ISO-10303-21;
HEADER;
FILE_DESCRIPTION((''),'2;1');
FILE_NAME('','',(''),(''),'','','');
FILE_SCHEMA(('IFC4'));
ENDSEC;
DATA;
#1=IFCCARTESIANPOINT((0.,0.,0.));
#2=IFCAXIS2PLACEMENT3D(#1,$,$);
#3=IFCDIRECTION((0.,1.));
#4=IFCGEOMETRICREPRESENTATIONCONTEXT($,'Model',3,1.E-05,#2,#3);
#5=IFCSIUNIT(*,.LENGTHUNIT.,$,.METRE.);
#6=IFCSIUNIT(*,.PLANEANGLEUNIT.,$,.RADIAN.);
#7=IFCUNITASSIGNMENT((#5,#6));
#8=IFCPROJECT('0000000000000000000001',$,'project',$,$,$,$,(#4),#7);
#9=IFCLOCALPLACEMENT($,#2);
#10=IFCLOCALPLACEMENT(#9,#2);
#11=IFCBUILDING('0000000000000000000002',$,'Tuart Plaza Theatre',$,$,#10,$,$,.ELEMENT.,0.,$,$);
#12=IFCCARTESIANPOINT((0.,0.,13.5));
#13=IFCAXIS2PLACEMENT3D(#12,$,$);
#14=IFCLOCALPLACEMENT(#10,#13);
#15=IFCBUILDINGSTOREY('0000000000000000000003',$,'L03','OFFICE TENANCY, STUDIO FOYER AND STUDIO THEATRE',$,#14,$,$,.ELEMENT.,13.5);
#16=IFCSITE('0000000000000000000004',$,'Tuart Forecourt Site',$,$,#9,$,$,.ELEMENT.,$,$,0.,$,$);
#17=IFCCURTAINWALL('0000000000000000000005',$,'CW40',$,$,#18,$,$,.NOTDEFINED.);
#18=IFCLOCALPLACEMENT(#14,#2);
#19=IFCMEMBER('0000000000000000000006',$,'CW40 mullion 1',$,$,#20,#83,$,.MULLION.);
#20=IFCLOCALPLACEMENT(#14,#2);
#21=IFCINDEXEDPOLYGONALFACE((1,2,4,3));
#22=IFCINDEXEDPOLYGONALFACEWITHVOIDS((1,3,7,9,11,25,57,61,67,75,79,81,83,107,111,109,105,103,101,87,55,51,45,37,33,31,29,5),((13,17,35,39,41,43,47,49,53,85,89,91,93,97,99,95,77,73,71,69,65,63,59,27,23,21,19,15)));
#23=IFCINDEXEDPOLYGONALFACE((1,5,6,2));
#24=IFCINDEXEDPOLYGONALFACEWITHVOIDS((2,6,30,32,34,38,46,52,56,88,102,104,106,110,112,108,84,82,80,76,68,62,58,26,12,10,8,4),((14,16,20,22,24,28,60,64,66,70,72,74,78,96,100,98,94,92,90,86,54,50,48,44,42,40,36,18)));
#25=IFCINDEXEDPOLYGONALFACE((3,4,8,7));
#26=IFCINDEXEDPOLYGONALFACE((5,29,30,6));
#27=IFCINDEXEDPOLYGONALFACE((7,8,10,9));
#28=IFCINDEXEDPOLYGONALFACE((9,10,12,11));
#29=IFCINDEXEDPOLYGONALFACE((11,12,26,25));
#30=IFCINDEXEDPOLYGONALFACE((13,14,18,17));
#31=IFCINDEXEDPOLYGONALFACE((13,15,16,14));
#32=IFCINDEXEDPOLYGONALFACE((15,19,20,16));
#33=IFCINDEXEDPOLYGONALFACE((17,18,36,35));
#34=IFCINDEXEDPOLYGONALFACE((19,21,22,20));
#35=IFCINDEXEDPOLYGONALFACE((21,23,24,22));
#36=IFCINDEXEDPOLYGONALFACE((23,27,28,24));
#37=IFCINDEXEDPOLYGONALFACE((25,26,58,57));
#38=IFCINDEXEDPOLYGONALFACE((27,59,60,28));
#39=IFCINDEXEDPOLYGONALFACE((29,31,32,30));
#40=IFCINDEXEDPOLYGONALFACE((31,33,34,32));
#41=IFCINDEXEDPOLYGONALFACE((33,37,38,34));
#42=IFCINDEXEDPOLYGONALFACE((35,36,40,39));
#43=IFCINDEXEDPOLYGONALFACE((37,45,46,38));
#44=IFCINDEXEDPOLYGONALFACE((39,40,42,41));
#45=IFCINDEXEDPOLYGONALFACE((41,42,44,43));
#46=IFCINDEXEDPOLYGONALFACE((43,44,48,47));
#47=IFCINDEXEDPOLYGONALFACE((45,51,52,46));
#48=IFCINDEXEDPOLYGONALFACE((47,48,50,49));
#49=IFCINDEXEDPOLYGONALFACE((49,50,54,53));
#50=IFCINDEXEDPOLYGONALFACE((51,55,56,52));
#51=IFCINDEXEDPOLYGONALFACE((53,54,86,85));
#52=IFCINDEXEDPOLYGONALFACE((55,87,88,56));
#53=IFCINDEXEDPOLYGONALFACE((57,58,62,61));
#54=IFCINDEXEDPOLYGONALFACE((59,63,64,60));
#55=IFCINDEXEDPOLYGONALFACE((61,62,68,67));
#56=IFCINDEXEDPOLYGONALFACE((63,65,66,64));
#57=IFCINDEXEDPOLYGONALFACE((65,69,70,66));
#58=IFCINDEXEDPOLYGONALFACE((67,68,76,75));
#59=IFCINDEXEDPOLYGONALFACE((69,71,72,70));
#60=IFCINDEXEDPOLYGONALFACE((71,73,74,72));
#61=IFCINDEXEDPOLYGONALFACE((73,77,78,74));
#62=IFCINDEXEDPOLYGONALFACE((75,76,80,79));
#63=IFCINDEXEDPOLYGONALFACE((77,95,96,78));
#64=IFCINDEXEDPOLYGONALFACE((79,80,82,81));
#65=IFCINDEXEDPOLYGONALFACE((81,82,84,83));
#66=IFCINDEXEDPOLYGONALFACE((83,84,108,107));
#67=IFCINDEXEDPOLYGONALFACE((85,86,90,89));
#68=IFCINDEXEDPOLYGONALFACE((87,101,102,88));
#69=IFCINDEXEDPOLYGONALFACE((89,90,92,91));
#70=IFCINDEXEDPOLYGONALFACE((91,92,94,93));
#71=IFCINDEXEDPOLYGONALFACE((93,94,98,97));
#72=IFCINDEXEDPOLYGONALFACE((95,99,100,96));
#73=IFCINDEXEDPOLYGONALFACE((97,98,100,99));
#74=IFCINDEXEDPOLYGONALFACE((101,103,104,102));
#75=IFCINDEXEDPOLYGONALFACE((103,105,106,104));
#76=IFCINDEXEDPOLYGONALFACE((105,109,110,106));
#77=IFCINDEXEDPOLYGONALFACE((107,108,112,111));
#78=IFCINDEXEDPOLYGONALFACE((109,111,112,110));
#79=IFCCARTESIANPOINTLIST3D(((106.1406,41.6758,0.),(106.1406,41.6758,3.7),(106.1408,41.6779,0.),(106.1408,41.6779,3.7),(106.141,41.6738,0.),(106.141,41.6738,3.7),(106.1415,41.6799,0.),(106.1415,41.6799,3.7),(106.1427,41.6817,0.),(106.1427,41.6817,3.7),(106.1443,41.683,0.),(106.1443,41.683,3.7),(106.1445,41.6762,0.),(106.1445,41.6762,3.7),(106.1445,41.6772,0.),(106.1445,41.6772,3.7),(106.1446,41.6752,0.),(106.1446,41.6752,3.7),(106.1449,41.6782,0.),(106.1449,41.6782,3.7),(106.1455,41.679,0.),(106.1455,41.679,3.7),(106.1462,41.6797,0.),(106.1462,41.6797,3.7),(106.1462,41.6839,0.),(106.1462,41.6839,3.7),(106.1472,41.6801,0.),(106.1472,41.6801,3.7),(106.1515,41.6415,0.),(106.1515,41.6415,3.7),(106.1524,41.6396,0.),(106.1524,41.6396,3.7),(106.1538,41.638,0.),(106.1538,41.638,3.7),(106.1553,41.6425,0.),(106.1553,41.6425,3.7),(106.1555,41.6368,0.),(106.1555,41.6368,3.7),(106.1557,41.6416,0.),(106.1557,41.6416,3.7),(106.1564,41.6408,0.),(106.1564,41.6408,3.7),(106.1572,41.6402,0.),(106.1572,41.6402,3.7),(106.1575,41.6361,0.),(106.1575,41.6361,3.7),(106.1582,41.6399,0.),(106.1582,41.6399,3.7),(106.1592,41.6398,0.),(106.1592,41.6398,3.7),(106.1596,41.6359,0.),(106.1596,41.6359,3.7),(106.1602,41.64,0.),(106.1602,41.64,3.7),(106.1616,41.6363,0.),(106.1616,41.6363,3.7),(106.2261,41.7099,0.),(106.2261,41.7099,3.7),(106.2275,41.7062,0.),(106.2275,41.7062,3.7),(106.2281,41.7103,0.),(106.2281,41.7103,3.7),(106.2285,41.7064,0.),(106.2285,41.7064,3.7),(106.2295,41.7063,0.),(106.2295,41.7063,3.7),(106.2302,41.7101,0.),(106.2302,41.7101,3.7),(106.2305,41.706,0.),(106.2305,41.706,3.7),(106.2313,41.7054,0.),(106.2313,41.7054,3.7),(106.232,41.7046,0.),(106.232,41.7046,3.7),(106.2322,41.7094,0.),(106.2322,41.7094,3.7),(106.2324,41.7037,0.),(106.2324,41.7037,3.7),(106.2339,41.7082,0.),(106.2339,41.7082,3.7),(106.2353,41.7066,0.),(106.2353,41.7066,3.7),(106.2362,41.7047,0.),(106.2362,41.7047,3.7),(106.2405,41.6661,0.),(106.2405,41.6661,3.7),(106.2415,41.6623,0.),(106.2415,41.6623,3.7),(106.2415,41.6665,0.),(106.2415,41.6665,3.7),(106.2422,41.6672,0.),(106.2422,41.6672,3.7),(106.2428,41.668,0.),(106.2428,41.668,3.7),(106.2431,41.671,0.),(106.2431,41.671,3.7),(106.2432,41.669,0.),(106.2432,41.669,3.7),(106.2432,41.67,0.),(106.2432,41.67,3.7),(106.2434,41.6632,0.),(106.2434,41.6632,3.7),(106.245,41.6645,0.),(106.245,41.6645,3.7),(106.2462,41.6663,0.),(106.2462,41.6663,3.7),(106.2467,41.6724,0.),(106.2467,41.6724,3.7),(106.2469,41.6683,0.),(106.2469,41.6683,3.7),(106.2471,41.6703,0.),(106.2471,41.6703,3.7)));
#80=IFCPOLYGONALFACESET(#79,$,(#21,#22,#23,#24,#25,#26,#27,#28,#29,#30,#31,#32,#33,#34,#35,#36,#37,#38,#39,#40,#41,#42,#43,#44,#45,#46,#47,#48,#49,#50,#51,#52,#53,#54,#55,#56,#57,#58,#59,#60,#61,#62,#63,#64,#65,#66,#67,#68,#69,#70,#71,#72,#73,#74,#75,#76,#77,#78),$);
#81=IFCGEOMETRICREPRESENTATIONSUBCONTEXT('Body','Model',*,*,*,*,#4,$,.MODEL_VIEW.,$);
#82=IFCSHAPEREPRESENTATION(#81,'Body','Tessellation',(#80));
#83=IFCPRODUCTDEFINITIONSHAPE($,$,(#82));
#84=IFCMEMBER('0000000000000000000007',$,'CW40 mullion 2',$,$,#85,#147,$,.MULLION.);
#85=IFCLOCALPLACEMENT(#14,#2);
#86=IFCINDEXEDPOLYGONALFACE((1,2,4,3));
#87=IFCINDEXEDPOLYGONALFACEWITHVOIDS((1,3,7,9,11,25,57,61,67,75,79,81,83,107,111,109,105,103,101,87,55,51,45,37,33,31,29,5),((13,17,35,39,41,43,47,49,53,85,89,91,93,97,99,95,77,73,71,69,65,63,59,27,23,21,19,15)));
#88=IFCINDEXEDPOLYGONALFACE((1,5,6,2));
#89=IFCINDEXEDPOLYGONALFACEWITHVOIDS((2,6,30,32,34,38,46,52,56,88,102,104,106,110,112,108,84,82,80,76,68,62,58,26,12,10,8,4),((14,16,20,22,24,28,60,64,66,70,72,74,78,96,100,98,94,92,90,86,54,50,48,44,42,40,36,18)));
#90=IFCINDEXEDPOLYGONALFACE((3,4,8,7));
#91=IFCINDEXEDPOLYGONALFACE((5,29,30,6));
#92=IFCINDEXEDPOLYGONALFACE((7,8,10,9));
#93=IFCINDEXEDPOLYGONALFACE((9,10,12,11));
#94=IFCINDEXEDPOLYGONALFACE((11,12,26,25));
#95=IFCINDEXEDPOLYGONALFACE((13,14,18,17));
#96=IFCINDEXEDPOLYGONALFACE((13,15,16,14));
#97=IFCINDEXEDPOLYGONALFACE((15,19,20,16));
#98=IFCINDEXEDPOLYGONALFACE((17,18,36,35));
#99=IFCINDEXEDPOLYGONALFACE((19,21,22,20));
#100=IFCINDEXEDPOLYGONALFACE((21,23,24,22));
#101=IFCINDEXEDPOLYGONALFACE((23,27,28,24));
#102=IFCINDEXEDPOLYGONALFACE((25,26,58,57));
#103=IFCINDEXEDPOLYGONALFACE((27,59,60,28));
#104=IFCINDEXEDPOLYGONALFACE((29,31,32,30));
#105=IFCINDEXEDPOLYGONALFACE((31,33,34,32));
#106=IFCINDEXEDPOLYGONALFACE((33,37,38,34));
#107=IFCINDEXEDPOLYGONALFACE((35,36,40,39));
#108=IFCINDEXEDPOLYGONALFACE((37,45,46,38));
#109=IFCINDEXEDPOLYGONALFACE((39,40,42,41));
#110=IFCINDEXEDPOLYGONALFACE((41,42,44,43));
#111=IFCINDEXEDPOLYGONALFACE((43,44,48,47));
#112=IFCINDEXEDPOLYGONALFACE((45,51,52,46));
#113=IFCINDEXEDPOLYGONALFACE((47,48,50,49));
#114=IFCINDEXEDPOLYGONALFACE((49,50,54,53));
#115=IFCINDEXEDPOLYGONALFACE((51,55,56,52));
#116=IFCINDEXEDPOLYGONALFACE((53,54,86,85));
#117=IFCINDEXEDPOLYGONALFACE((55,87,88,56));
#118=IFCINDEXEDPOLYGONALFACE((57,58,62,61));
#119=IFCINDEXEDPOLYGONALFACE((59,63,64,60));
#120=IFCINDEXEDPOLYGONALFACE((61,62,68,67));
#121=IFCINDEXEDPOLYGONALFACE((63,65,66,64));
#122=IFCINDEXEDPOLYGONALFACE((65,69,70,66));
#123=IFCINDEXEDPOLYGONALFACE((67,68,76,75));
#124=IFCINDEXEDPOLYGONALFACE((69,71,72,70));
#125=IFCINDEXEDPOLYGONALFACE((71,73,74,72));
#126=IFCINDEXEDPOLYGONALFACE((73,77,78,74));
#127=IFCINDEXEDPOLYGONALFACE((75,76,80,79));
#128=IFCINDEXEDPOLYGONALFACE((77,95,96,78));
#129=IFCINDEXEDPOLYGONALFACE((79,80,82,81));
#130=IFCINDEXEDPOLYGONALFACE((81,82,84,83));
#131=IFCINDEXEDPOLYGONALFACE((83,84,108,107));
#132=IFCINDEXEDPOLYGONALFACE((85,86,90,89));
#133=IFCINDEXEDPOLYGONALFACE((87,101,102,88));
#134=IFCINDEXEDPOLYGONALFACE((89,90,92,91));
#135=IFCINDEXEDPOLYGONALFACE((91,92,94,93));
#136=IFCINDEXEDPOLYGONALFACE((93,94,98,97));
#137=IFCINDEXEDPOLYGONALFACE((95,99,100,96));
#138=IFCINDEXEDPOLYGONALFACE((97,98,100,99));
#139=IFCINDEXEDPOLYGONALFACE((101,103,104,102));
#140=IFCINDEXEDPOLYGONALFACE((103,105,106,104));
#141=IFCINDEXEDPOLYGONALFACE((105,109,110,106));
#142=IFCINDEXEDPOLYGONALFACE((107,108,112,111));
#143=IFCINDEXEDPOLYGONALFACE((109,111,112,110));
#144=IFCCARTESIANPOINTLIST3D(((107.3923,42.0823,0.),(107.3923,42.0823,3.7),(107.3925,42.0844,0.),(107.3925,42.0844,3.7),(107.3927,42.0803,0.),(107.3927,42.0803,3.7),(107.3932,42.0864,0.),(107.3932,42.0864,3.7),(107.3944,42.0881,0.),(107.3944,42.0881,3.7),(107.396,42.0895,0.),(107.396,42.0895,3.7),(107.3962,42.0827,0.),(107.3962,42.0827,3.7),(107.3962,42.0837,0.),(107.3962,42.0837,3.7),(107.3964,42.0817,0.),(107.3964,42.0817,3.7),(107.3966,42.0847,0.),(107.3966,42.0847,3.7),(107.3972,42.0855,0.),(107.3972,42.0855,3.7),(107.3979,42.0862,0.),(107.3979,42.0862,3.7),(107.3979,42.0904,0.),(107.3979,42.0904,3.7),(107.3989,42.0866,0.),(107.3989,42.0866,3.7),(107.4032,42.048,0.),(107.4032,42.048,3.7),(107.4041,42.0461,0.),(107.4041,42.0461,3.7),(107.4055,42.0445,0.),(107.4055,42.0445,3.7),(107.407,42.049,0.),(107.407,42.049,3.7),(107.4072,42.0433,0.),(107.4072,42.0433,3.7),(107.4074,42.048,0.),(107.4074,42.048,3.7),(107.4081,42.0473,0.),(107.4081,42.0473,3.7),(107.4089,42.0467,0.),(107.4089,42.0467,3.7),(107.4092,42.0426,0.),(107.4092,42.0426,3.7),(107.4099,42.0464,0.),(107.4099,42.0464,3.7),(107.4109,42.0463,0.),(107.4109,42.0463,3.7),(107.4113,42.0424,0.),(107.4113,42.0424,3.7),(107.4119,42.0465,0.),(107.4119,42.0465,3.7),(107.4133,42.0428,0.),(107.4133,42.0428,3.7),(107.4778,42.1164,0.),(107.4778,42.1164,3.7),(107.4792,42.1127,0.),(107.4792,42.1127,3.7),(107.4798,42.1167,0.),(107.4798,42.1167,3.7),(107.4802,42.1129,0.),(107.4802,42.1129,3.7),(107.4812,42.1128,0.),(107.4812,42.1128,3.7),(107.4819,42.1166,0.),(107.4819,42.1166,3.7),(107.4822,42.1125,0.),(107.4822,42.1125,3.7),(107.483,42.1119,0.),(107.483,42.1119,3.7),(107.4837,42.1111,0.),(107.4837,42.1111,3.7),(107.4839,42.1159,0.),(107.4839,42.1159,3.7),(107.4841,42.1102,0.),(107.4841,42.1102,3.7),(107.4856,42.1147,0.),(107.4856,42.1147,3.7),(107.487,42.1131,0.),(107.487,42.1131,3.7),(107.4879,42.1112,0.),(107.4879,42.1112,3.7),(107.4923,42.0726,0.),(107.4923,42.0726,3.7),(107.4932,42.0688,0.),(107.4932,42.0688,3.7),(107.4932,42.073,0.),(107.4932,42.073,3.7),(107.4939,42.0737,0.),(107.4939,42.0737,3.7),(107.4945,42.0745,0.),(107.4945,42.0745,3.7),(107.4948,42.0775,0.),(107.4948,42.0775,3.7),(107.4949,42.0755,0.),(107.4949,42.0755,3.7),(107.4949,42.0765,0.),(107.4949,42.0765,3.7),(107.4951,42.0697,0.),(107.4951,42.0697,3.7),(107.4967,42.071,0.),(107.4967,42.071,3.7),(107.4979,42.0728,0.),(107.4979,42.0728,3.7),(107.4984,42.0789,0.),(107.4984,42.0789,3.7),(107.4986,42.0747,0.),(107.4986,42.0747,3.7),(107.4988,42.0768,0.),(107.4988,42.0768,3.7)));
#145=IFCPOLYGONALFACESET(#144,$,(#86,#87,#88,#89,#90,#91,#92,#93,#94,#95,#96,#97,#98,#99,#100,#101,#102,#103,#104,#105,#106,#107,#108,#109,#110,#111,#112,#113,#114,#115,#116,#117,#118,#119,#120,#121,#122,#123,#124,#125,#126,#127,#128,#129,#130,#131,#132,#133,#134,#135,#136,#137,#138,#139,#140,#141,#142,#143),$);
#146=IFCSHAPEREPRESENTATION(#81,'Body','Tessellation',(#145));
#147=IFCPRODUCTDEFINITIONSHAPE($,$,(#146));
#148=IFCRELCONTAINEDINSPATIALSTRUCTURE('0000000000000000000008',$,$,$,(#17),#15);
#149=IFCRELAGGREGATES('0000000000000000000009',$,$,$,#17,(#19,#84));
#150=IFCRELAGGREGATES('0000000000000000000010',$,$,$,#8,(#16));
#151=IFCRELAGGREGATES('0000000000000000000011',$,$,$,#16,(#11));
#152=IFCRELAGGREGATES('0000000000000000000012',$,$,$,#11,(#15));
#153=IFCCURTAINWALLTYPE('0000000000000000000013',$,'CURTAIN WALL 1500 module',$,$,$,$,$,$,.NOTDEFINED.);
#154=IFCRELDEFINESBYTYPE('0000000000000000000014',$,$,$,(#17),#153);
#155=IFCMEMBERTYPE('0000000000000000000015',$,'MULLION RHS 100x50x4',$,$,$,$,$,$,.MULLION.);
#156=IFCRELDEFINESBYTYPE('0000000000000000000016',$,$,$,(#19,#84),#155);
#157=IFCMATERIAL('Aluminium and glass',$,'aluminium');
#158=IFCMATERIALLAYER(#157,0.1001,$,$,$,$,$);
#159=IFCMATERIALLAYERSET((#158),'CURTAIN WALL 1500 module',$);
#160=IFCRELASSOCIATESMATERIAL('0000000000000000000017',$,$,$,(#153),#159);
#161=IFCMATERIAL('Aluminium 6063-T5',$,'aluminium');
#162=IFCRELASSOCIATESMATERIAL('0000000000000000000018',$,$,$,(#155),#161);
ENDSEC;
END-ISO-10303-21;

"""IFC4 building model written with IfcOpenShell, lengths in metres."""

from ifc_helpers import new_model, si_unit, direction, frame, origin, origin_2d, place, context, subcontext, project, spatial, hollow_rectangle, extrude, material, layer, layer_set, material_profile, profile_set, type_object, element, aggregate, save


model = new_model("IFC4")

# Units and contexts
model_context = context("Model", 3, precision=1e-05, world=origin(), true_north=direction((0.0, 1.0)))
body_context = subcontext(model_context, "Body", "Model", "MODEL_VIEW")
ifc_project = project(units=[si_unit("LENGTHUNIT", "METRE"), si_unit("PLANEANGLEUNIT", "RADIAN")], contexts=[model_context])

# Site, building, storey
site_placement = place(None, origin())
site = spatial("IfcSite", under=ifc_project, at=site_placement, Name="Tuart Forecourt Site", CompositionType="ELEMENT", RefElevation=0.0)
building_placement = place(site_placement, origin())
building = spatial("IfcBuilding", under=site, at=building_placement, Name="Tuart Plaza Theatre", CompositionType="ELEMENT", ElevationOfRefHeight=0.0)
storey_placement = place(building_placement, frame((0.0, 0.0, 13.5)))
storey = spatial("IfcBuildingStorey", under=building, at=storey_placement, Name="L03", Description="OFFICE TENANCY, STUDIO FOYER AND STUDIO THEATRE", CompositionType="ELEMENT", Elevation=13.5)

# Curtain wall, members
ifc_material_1 = material(Name="Aluminium and glass", Category="aluminium")
ifc_layer_1 = layer(ifc_material_1, 0.1001)
ifc_layer_set_1 = layer_set([ifc_layer_1], Name="CURTAIN WALL 1500 module")
curtain_wall_type = type_object("IfcCurtainWallType", Name="CURTAIN WALL 1500 module", PredefinedType="NOTDEFINED", material=ifc_layer_set_1)
curtain_wall_1_placement = place(storey_placement, origin())
curtain_wall_1 = element("IfcCurtainWall", 1, at=curtain_wall_1_placement, inside=storey, type_object=curtain_wall_type, Name="CW40", PredefinedType="NOTDEFINED")
ifc_material_2 = material(Name="Aluminium 6063-T5", Category="aluminium")
ifc_material_profile_1 = material_profile(ifc_material_2, hollow_rectangle(XDim=0.05, YDim=0.1001, WallThickness=0.0039, InnerFilletRadius=0.0039, OuterFilletRadius=0.0081, at=origin_2d()), Name="RHS 100x50x4")
ifc_profile_set_1 = profile_set([ifc_material_profile_1], Name="Aluminium 6063-T5")
member_type_1 = type_object("IfcMemberType", Name="MULLION RHS 100x50x4", PredefinedType="MULLION", material=ifc_profile_set_1)
member_1_placement = place(storey_placement, frame((106.1938, 41.6731, 0.0), z_axis=(0.0, 0.0, 1.0), x_axis=(-0.308885, 0.951099, 0.0)))
member_1 = element("IfcMember", 2, at=member_1_placement, type_object=member_type_1, Name="CW40 mullion 1", PredefinedType="MULLION", context=body_context, shape_type="SweptSolid", body=[
    extrude(hollow_rectangle(XDim=0.05, YDim=0.1001, WallThickness=0.0039, InnerFilletRadius=0.0039, OuterFilletRadius=0.0081, at=origin_2d()), origin(), (0.0, 0.0, 1.0), 3.7),
])
member_2_placement = place(storey_placement, frame((107.4456, 42.0796, 0.0), z_axis=(0.0, 0.0, 1.0), x_axis=(-0.308885, 0.951099, 0.0)))
member_2 = element("IfcMember", 3, at=member_2_placement, type_object=member_type_1, Name="CW40 mullion 2", PredefinedType="MULLION", context=body_context, shape_type="SweptSolid", body=[
    extrude(hollow_rectangle(XDim=0.05, YDim=0.1001, WallThickness=0.0039, InnerFilletRadius=0.0039, OuterFilletRadius=0.0081, at=origin_2d()), origin(), (0.0, 0.0, 1.0), 3.7),
])

aggregate(curtain_wall_1, [member_1, member_2])

save(model, "model.ifc")
